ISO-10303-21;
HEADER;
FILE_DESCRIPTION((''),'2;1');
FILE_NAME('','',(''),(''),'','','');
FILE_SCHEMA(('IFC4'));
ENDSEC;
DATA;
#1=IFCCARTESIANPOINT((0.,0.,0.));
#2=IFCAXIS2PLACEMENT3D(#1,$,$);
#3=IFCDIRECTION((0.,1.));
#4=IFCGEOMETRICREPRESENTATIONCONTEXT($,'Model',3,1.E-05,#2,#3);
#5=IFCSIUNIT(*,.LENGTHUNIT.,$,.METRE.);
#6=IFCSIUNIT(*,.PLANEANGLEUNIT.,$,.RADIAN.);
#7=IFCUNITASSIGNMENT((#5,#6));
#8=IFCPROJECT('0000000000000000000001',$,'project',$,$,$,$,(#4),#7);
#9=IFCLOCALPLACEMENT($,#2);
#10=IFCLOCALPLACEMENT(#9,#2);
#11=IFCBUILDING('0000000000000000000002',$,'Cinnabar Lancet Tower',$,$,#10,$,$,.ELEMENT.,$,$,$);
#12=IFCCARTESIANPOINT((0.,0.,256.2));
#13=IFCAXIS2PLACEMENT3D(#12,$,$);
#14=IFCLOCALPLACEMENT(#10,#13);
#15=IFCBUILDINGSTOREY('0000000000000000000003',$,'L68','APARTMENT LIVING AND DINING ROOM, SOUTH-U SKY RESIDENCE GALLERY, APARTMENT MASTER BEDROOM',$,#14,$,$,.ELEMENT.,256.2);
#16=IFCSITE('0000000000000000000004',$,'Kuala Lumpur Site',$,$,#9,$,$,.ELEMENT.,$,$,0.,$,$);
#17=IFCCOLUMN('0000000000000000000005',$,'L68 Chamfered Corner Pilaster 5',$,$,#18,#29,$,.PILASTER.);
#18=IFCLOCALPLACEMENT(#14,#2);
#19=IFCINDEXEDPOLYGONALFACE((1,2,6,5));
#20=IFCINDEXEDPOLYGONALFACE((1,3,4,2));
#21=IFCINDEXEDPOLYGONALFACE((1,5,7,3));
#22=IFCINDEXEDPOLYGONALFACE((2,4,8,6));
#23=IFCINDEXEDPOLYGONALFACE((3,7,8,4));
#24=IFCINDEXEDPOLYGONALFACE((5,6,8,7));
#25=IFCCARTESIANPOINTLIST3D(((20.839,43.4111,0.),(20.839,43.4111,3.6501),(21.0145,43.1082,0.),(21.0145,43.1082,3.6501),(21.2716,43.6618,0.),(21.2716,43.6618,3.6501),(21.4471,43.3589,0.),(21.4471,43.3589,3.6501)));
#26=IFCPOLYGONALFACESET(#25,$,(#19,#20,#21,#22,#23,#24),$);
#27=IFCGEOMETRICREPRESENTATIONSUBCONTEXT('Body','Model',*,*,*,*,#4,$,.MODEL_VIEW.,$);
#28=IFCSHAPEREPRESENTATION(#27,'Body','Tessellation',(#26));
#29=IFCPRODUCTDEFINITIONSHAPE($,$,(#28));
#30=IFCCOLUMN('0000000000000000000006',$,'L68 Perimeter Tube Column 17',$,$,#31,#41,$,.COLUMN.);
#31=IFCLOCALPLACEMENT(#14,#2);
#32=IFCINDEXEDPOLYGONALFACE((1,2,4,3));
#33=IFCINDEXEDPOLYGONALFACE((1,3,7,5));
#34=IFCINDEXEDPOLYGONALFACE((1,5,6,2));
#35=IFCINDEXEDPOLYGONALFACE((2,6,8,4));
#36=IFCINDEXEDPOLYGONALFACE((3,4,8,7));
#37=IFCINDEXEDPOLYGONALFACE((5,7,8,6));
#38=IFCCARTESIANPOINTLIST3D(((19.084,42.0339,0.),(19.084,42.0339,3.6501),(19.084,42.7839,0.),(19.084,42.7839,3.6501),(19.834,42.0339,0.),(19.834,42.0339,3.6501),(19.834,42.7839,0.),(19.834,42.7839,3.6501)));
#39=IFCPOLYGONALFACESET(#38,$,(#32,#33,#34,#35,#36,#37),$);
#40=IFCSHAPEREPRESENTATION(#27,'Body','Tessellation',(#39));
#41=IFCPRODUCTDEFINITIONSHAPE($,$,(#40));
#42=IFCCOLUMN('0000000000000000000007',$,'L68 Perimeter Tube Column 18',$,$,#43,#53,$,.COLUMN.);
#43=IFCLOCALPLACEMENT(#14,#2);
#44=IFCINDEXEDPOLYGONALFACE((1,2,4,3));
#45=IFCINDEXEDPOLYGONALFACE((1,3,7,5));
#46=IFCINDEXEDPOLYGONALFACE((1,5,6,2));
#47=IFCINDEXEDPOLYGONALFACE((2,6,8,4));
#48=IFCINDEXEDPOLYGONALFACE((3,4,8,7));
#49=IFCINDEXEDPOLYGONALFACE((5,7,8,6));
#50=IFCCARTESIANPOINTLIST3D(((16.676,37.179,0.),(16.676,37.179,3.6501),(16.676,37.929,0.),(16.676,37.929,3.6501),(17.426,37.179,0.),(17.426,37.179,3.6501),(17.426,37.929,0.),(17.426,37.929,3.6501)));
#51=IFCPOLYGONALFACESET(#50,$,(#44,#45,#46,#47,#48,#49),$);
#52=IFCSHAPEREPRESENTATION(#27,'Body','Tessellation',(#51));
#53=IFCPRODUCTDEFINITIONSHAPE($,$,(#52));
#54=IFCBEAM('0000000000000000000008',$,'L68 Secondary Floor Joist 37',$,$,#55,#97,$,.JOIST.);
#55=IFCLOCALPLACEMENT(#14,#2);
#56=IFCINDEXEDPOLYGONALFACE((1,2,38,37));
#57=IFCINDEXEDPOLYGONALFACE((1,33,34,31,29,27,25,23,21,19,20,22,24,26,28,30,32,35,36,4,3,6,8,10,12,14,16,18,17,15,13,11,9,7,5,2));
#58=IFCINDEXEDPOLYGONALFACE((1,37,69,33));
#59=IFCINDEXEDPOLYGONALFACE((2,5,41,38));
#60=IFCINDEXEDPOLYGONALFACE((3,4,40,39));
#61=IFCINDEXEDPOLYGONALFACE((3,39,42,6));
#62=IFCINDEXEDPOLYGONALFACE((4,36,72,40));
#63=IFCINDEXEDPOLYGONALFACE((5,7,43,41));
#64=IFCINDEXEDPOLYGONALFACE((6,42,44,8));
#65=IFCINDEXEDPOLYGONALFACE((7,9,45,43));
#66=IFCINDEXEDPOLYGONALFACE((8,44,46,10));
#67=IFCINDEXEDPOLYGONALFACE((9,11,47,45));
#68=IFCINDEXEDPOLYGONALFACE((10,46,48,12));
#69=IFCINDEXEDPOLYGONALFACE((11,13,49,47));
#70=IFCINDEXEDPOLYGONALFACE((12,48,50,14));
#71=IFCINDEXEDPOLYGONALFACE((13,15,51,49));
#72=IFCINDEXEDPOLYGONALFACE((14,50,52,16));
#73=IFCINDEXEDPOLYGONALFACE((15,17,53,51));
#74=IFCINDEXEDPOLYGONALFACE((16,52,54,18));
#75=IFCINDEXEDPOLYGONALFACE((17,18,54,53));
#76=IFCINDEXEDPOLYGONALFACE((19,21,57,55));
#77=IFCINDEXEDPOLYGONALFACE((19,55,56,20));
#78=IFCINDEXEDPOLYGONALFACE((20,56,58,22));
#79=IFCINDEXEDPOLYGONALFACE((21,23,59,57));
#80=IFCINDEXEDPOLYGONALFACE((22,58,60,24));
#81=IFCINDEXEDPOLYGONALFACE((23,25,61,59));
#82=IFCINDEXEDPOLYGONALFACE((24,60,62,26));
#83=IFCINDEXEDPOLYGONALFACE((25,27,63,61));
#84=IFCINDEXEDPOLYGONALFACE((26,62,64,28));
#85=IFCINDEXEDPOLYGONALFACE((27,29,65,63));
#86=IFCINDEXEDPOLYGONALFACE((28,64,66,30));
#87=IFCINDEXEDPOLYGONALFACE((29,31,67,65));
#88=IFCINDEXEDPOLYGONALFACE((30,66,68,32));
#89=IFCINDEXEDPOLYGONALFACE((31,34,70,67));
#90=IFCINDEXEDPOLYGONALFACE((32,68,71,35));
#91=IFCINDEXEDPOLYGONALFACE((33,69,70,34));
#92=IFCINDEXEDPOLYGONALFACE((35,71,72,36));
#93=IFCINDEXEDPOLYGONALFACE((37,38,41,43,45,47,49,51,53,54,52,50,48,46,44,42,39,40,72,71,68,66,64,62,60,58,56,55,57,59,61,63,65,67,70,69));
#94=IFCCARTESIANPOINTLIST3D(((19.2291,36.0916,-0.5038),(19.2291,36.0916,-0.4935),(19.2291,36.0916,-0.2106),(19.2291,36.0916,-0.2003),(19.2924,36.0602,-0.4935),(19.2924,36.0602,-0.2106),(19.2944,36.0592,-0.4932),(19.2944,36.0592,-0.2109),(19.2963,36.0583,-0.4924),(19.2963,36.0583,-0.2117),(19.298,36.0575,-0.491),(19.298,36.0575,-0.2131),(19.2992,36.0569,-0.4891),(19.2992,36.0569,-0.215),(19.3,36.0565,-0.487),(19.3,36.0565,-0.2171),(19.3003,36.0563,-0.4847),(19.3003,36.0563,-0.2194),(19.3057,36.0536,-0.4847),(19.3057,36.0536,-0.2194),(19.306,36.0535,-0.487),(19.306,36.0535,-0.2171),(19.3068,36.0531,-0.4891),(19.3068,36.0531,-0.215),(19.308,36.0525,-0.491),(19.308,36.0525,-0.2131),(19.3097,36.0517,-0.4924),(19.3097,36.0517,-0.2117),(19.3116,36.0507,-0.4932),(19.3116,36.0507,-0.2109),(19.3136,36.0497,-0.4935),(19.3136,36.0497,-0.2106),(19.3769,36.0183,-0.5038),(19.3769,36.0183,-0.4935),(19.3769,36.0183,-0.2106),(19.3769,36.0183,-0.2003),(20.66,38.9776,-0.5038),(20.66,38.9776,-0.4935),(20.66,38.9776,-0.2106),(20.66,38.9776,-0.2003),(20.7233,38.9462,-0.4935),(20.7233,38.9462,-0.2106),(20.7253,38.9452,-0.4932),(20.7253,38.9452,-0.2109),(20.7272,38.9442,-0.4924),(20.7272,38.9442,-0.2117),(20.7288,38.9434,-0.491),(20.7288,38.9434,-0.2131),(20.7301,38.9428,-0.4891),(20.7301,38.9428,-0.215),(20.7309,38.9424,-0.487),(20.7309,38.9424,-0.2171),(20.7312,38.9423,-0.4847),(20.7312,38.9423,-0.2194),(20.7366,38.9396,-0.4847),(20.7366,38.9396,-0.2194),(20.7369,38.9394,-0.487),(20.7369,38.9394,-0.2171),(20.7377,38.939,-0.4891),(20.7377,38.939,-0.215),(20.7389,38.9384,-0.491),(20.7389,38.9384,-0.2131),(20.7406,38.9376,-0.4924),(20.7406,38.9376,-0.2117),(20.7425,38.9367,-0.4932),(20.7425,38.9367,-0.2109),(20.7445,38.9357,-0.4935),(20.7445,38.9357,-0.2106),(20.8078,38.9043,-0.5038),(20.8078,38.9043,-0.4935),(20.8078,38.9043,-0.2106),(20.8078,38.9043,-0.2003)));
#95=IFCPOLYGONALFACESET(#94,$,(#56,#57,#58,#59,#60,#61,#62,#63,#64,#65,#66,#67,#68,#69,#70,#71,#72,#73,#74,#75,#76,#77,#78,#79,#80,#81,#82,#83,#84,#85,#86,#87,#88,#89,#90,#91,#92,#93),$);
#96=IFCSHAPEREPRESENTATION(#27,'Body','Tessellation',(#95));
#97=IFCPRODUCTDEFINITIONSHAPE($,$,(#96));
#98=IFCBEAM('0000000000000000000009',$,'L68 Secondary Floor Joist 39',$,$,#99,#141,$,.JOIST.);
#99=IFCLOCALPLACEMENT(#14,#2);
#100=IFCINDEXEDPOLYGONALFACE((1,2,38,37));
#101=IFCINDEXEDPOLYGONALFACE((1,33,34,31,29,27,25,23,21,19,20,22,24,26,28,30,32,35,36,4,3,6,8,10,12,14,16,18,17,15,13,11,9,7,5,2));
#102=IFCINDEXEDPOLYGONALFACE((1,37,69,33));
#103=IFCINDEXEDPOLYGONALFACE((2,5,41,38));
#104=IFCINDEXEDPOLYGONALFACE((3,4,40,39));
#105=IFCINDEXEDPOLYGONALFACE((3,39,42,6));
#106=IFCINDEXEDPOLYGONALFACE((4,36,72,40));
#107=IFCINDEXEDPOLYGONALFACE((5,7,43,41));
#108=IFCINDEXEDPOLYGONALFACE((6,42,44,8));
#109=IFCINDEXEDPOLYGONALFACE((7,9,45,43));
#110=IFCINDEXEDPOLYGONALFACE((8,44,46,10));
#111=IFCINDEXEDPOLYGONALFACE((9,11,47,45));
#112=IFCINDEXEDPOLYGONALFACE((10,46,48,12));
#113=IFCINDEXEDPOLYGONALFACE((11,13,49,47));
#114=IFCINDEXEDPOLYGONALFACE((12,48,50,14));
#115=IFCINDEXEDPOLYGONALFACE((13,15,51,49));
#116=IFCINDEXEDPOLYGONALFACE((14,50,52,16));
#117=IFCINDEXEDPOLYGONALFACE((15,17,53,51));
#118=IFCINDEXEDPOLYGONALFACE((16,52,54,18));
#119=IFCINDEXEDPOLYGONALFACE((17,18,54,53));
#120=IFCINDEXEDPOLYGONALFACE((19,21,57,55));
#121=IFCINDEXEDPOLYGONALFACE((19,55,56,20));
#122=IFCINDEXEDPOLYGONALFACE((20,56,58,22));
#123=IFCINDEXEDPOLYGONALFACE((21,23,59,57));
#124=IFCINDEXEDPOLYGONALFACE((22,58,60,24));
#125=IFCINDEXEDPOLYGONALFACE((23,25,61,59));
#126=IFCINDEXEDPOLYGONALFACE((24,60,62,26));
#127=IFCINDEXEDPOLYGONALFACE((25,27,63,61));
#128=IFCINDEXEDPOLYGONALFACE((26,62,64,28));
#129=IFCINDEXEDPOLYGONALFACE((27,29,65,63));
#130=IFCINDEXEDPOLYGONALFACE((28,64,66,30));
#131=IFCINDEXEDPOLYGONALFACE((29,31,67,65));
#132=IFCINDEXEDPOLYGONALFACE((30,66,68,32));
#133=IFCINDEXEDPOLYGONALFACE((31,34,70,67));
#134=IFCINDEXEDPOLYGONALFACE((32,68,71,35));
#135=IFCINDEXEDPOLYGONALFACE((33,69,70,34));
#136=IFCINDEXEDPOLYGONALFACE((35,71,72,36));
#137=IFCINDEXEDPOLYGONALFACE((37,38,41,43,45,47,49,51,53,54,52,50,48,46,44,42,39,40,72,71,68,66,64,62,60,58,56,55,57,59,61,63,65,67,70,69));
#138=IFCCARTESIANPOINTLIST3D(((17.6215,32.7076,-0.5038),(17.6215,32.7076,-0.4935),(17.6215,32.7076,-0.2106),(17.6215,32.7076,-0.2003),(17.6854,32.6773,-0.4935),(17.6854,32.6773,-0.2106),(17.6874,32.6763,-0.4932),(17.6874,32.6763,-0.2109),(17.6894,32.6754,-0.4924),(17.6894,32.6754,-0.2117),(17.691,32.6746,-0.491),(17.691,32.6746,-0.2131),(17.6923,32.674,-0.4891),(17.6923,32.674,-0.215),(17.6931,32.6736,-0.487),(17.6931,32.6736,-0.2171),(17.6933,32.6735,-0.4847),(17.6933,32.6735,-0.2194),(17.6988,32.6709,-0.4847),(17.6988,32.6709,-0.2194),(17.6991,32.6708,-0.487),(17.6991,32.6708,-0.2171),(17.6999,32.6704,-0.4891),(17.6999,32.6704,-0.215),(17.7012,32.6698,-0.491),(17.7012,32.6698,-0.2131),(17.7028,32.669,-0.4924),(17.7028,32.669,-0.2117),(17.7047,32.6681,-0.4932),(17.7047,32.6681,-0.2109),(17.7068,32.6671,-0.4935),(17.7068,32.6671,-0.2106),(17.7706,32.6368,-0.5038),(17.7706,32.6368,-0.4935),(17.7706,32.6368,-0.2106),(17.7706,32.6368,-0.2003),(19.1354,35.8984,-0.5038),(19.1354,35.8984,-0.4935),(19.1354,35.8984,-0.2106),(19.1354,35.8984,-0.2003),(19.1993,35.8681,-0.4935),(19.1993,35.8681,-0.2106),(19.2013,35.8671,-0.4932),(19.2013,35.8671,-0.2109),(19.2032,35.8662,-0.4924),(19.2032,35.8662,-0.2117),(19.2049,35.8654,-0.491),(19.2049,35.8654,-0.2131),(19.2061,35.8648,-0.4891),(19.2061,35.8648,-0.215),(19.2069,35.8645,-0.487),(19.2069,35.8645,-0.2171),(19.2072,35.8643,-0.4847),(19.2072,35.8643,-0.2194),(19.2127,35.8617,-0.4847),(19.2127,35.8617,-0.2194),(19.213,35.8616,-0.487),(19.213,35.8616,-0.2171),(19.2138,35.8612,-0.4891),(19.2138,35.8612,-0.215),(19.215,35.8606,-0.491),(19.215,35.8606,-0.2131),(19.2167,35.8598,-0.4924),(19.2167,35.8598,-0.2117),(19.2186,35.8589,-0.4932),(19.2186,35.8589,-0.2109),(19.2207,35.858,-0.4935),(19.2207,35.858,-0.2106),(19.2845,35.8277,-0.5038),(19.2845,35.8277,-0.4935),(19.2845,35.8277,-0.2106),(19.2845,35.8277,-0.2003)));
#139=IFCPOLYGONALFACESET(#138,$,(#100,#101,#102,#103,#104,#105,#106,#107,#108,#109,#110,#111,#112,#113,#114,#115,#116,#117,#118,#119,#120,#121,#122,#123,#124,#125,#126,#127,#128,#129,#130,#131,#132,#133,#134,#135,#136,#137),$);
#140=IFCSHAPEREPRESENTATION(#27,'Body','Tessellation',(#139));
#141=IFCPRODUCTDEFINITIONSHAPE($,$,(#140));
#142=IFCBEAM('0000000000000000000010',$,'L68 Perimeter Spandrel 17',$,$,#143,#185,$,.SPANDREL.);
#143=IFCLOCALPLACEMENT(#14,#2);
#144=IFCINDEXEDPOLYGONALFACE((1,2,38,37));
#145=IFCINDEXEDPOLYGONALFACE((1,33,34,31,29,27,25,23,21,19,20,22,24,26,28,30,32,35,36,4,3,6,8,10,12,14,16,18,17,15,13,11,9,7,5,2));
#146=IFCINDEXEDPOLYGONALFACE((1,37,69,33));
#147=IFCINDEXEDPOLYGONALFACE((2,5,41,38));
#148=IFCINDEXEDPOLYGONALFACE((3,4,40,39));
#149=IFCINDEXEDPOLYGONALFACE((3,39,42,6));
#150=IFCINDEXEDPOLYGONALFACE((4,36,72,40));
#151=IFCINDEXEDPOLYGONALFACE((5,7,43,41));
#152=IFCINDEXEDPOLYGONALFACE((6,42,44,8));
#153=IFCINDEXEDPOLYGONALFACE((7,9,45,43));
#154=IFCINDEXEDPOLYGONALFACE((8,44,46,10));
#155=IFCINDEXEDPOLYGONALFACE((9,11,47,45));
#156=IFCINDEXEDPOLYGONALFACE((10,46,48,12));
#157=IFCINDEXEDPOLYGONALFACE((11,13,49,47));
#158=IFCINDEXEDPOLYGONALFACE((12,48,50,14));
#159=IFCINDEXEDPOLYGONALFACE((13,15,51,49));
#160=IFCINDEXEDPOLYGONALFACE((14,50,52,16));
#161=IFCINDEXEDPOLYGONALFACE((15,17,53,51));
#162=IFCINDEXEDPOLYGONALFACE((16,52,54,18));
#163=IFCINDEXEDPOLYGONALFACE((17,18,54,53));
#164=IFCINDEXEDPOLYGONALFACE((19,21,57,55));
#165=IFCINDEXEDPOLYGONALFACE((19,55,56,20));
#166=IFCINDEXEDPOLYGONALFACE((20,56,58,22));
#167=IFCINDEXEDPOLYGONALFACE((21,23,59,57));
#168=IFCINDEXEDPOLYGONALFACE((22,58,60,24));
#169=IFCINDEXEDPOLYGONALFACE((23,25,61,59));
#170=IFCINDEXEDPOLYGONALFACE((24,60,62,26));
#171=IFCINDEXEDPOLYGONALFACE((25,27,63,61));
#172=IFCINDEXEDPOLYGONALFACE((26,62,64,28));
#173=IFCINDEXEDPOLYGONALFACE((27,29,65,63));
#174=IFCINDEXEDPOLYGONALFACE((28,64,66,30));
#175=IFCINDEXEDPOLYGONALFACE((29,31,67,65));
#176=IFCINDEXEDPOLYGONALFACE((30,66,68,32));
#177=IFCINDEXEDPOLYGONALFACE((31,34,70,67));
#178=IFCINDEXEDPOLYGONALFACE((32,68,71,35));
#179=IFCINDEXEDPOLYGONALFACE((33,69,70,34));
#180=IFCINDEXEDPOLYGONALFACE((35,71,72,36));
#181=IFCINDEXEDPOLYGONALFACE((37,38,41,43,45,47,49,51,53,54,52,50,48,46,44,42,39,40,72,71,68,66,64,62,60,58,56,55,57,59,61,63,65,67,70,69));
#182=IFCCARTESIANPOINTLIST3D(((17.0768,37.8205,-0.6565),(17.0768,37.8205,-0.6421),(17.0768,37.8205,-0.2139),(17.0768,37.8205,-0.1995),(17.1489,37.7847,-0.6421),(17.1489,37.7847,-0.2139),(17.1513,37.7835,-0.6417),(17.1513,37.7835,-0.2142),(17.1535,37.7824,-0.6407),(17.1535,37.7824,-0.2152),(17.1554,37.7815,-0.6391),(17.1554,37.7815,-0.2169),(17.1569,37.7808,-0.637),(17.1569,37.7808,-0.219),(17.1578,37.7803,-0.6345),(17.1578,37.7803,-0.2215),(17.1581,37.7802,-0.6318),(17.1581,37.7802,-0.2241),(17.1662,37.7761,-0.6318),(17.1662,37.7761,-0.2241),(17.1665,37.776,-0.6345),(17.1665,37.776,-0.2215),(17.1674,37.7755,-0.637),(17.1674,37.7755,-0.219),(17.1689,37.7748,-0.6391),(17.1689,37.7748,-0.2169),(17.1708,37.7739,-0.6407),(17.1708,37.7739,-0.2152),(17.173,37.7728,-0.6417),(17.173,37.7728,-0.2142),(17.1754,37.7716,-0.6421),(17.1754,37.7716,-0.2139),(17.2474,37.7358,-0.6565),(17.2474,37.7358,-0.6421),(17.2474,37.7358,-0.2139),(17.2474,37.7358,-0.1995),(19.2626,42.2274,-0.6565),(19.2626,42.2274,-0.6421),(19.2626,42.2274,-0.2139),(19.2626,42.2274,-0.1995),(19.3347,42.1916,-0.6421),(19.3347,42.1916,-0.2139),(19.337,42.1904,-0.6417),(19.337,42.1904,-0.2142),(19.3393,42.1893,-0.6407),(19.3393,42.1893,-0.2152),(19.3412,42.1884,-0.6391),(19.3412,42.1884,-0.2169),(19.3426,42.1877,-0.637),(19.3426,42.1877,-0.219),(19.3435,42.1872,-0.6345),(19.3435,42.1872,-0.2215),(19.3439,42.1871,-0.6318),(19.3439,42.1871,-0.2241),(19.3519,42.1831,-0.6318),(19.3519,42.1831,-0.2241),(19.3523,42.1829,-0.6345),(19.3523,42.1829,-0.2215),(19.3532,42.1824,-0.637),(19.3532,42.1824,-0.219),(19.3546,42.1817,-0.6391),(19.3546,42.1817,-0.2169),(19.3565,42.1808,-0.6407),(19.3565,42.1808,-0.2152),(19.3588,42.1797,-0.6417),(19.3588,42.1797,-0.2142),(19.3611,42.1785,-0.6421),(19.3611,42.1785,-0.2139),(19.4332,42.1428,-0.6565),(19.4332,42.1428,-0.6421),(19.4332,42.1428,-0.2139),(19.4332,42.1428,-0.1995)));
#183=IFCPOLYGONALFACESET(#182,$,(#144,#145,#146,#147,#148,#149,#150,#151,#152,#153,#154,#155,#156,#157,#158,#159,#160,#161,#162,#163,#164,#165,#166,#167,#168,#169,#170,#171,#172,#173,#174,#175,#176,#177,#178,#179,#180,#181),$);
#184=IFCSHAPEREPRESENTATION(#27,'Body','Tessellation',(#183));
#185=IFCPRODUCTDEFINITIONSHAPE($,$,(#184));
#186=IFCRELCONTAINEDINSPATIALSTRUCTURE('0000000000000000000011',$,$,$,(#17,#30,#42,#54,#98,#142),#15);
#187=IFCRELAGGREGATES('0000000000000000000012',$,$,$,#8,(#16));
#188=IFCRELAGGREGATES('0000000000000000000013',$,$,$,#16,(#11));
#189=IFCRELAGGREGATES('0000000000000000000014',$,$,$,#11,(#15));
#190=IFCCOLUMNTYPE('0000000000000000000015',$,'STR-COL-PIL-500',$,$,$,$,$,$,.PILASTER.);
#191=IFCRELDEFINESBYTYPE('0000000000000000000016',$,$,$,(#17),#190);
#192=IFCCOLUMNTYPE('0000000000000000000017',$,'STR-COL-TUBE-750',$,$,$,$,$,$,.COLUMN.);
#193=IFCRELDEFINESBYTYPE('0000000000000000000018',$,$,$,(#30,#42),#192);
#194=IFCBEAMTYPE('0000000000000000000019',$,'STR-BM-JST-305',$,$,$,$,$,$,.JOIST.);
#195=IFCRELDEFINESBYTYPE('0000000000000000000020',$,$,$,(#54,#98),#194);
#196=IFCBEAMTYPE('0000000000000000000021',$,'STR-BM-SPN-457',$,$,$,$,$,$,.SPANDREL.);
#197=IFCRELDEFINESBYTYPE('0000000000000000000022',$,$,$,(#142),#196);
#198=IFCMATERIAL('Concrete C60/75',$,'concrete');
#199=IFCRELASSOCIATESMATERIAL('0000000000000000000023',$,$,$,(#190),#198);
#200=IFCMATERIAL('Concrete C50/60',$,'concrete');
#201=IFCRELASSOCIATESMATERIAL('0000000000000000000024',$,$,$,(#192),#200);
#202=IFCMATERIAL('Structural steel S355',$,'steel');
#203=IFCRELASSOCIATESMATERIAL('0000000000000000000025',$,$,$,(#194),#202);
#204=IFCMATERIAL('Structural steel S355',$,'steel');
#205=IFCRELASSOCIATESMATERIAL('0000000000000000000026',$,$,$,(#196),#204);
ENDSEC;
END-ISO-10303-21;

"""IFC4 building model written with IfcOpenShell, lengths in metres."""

from ifc_helpers import new_model, si_unit, direction, frame, origin, origin_2d, place, context, subcontext, project, spatial, rectangle, i_section, extrude, material, material_profile, profile_set, type_object, element, save


model = new_model("IFC4")

# Units and contexts
model_context = context("Model", 3, precision=1e-05, world=origin(), true_north=direction((0.0, 1.0)))
body_context = subcontext(model_context, "Body", "Model", "MODEL_VIEW")
ifc_project = project(units=[si_unit("LENGTHUNIT", "METRE"), si_unit("PLANEANGLEUNIT", "RADIAN")], contexts=[model_context])

# Site, building, storey
site_placement = place(None, origin())
site = spatial("IfcSite", under=ifc_project, at=site_placement, Name="Kuala Lumpur Site", CompositionType="ELEMENT", RefElevation=0.0)
building_placement = place(site_placement, origin())
building = spatial("IfcBuilding", under=site, at=building_placement, Name="Cinnabar Lancet Tower", CompositionType="ELEMENT")
storey_placement = place(building_placement, frame((0.0, 0.0, 256.2)))
storey = spatial("IfcBuildingStorey", under=building, at=storey_placement, Name="L68", Description="APARTMENT LIVING AND DINING ROOM, SOUTH-U SKY RESIDENCE GALLERY, APARTMENT MASTER BEDROOM", CompositionType="ELEMENT", Elevation=256.2)

# Columns
ifc_material_1 = material(Name="Concrete C60/75", Category="concrete")
ifc_material_profile_1 = material_profile(ifc_material_1, rectangle(XDim=0.5, YDim=0.3501, at=origin_2d()), Name="RC-PIL 500x350")
ifc_profile_set_1 = profile_set([ifc_material_profile_1], Name="Concrete C60/75")
column_type_1 = type_object("IfcColumnType", Name="STR-COL-PIL-500", PredefinedType="PILASTER", material=ifc_profile_set_1)
column_placement = place(storey_placement, frame((21.1431, 43.385, 0.0), z_axis=(0.0, 0.0, 1.0), x_axis=(-0.865256, -0.50133, 0.0)))
element("IfcColumn", 1, at=column_placement, inside=storey, type_object=column_type_1, Name="L68 Chamfered Corner Pilaster 5", PredefinedType="PILASTER", context=body_context, shape_type="SweptSolid", body=[
    extrude(rectangle(XDim=0.5, YDim=0.3501, at=origin_2d()), origin(), (0.0, 0.0, 1.0), 3.6501),
])
ifc_material_2 = material(Name="Concrete C50/60", Category="concrete")
ifc_material_profile_2 = material_profile(ifc_material_2, rectangle(XDim=0.75, YDim=0.75, at=origin_2d()), Name="RC-COL 750x750")
ifc_profile_set_2 = profile_set([ifc_material_profile_2], Name="Concrete C50/60")
column_type_2 = type_object("IfcColumnType", Name="STR-COL-TUBE-750", PredefinedType="COLUMN", material=ifc_profile_set_2)
for number, where, z_axis, x_axis, name in (
    (2, (19.459, 42.4089, 0.0), (0.0, 0.0, 1.0), (1.0, 0.0, 0.0), "L68 Perimeter Tube Column 17"),
    (3, (17.051, 37.554, 0.0), (0.0, 0.0, 1.0), (1.0, 0.0, 0.0), "L68 Perimeter Tube Column 18"),
):
    element("IfcColumn", number, at=place(storey_placement, frame(where, z_axis=z_axis, x_axis=x_axis)), inside=storey, type_object=column_type_2, Name=name, PredefinedType="COLUMN", context=body_context, shape_type="SweptSolid", body=[
        extrude(rectangle(XDim=0.75, YDim=0.75, at=origin_2d()), origin(), (0.0, 0.0, 1.0), 3.6501),
    ])

# Beams
ifc_material_3 = material(Name="Structural steel S355", Category="steel")
ifc_material_profile_3 = material_profile(ifc_material_3, i_section(OverallWidth=0.165, OverallDepth=0.3035, WebThickness=0.0061, FlangeThickness=0.0103, FilletRadius=0.0088, at=origin_2d()), Name="UKB 305x165x40")
ifc_profile_set_3 = profile_set([ifc_material_profile_3], Name="Structural steel S355")
beam_type_1 = type_object("IfcBeamType", Name="STR-BM-JST-305", PredefinedType="JOIST", material=ifc_profile_set_3)
beam_1_placement = place(storey_placement, frame((20.7339, 38.9409, -0.3521), z_axis=(-0.44421, -0.895923, 0.0), x_axis=(0.895923, -0.44421, 0.0)))
element("IfcBeam", 4, at=beam_1_placement, inside=storey, type_object=beam_type_1, Name="L68 Secondary Floor Joist 37", PredefinedType="JOIST", context=body_context, shape_type="SweptSolid", body=[
    extrude(i_section(OverallWidth=0.165, OverallDepth=0.3035, WebThickness=0.0061, FlangeThickness=0.0103, FilletRadius=0.0088, at=origin_2d()), origin(), (0.0, 0.0, 1.0), 3.2212),
])
beam_2_placement = place(storey_placement, frame((19.21, 35.863, -0.3521), z_axis=(-0.428648, -0.903472, 0.0), x_axis=(0.903472, -0.428648, 0.0)))
element("IfcBeam", 5, at=beam_2_placement, inside=storey, type_object=beam_type_1, Name="L68 Secondary Floor Joist 39", PredefinedType="JOIST", context=body_context, shape_type="SweptSolid", body=[
    extrude(i_section(OverallWidth=0.165, OverallDepth=0.3035, WebThickness=0.0061, FlangeThickness=0.0103, FilletRadius=0.0088, at=origin_2d()), origin(), (0.0, 0.0, 1.0), 3.5317),
])
ifc_material_4 = material(Name="Structural steel S355", Category="steel")
ifc_material_profile_4 = material_profile(ifc_material_4, i_section(OverallWidth=0.1904, OverallDepth=0.457, WebThickness=0.009, FlangeThickness=0.0144, FilletRadius=0.0103, at=origin_2d()), Name="UKB 457x191x74")
ifc_profile_set_4 = profile_set([ifc_material_profile_4], Name="Structural steel S355")
beam_type_2 = type_object("IfcBeamType", Name="STR-BM-SPN-457", PredefinedType="SPANDREL", material=ifc_profile_set_4)
beam_3_placement = place(storey_placement, frame((19.3479, 42.1851, -0.428), z_axis=(-0.444333, -0.895862, 0.0), x_axis=(0.895862, -0.444333, 0.0)))
element("IfcBeam", 6, at=beam_3_placement, inside=storey, type_object=beam_type_2, Name="L68 Perimeter Spandrel 17", PredefinedType="SPANDREL", context=body_context, shape_type="SweptSolid", body=[
    extrude(i_section(OverallWidth=0.1904, OverallDepth=0.457, WebThickness=0.009, FlangeThickness=0.0144, FilletRadius=0.0103, at=origin_2d()), origin(), (0.0, 0.0, 1.0), 4.9192),
])

save(model, "model.ifc")
